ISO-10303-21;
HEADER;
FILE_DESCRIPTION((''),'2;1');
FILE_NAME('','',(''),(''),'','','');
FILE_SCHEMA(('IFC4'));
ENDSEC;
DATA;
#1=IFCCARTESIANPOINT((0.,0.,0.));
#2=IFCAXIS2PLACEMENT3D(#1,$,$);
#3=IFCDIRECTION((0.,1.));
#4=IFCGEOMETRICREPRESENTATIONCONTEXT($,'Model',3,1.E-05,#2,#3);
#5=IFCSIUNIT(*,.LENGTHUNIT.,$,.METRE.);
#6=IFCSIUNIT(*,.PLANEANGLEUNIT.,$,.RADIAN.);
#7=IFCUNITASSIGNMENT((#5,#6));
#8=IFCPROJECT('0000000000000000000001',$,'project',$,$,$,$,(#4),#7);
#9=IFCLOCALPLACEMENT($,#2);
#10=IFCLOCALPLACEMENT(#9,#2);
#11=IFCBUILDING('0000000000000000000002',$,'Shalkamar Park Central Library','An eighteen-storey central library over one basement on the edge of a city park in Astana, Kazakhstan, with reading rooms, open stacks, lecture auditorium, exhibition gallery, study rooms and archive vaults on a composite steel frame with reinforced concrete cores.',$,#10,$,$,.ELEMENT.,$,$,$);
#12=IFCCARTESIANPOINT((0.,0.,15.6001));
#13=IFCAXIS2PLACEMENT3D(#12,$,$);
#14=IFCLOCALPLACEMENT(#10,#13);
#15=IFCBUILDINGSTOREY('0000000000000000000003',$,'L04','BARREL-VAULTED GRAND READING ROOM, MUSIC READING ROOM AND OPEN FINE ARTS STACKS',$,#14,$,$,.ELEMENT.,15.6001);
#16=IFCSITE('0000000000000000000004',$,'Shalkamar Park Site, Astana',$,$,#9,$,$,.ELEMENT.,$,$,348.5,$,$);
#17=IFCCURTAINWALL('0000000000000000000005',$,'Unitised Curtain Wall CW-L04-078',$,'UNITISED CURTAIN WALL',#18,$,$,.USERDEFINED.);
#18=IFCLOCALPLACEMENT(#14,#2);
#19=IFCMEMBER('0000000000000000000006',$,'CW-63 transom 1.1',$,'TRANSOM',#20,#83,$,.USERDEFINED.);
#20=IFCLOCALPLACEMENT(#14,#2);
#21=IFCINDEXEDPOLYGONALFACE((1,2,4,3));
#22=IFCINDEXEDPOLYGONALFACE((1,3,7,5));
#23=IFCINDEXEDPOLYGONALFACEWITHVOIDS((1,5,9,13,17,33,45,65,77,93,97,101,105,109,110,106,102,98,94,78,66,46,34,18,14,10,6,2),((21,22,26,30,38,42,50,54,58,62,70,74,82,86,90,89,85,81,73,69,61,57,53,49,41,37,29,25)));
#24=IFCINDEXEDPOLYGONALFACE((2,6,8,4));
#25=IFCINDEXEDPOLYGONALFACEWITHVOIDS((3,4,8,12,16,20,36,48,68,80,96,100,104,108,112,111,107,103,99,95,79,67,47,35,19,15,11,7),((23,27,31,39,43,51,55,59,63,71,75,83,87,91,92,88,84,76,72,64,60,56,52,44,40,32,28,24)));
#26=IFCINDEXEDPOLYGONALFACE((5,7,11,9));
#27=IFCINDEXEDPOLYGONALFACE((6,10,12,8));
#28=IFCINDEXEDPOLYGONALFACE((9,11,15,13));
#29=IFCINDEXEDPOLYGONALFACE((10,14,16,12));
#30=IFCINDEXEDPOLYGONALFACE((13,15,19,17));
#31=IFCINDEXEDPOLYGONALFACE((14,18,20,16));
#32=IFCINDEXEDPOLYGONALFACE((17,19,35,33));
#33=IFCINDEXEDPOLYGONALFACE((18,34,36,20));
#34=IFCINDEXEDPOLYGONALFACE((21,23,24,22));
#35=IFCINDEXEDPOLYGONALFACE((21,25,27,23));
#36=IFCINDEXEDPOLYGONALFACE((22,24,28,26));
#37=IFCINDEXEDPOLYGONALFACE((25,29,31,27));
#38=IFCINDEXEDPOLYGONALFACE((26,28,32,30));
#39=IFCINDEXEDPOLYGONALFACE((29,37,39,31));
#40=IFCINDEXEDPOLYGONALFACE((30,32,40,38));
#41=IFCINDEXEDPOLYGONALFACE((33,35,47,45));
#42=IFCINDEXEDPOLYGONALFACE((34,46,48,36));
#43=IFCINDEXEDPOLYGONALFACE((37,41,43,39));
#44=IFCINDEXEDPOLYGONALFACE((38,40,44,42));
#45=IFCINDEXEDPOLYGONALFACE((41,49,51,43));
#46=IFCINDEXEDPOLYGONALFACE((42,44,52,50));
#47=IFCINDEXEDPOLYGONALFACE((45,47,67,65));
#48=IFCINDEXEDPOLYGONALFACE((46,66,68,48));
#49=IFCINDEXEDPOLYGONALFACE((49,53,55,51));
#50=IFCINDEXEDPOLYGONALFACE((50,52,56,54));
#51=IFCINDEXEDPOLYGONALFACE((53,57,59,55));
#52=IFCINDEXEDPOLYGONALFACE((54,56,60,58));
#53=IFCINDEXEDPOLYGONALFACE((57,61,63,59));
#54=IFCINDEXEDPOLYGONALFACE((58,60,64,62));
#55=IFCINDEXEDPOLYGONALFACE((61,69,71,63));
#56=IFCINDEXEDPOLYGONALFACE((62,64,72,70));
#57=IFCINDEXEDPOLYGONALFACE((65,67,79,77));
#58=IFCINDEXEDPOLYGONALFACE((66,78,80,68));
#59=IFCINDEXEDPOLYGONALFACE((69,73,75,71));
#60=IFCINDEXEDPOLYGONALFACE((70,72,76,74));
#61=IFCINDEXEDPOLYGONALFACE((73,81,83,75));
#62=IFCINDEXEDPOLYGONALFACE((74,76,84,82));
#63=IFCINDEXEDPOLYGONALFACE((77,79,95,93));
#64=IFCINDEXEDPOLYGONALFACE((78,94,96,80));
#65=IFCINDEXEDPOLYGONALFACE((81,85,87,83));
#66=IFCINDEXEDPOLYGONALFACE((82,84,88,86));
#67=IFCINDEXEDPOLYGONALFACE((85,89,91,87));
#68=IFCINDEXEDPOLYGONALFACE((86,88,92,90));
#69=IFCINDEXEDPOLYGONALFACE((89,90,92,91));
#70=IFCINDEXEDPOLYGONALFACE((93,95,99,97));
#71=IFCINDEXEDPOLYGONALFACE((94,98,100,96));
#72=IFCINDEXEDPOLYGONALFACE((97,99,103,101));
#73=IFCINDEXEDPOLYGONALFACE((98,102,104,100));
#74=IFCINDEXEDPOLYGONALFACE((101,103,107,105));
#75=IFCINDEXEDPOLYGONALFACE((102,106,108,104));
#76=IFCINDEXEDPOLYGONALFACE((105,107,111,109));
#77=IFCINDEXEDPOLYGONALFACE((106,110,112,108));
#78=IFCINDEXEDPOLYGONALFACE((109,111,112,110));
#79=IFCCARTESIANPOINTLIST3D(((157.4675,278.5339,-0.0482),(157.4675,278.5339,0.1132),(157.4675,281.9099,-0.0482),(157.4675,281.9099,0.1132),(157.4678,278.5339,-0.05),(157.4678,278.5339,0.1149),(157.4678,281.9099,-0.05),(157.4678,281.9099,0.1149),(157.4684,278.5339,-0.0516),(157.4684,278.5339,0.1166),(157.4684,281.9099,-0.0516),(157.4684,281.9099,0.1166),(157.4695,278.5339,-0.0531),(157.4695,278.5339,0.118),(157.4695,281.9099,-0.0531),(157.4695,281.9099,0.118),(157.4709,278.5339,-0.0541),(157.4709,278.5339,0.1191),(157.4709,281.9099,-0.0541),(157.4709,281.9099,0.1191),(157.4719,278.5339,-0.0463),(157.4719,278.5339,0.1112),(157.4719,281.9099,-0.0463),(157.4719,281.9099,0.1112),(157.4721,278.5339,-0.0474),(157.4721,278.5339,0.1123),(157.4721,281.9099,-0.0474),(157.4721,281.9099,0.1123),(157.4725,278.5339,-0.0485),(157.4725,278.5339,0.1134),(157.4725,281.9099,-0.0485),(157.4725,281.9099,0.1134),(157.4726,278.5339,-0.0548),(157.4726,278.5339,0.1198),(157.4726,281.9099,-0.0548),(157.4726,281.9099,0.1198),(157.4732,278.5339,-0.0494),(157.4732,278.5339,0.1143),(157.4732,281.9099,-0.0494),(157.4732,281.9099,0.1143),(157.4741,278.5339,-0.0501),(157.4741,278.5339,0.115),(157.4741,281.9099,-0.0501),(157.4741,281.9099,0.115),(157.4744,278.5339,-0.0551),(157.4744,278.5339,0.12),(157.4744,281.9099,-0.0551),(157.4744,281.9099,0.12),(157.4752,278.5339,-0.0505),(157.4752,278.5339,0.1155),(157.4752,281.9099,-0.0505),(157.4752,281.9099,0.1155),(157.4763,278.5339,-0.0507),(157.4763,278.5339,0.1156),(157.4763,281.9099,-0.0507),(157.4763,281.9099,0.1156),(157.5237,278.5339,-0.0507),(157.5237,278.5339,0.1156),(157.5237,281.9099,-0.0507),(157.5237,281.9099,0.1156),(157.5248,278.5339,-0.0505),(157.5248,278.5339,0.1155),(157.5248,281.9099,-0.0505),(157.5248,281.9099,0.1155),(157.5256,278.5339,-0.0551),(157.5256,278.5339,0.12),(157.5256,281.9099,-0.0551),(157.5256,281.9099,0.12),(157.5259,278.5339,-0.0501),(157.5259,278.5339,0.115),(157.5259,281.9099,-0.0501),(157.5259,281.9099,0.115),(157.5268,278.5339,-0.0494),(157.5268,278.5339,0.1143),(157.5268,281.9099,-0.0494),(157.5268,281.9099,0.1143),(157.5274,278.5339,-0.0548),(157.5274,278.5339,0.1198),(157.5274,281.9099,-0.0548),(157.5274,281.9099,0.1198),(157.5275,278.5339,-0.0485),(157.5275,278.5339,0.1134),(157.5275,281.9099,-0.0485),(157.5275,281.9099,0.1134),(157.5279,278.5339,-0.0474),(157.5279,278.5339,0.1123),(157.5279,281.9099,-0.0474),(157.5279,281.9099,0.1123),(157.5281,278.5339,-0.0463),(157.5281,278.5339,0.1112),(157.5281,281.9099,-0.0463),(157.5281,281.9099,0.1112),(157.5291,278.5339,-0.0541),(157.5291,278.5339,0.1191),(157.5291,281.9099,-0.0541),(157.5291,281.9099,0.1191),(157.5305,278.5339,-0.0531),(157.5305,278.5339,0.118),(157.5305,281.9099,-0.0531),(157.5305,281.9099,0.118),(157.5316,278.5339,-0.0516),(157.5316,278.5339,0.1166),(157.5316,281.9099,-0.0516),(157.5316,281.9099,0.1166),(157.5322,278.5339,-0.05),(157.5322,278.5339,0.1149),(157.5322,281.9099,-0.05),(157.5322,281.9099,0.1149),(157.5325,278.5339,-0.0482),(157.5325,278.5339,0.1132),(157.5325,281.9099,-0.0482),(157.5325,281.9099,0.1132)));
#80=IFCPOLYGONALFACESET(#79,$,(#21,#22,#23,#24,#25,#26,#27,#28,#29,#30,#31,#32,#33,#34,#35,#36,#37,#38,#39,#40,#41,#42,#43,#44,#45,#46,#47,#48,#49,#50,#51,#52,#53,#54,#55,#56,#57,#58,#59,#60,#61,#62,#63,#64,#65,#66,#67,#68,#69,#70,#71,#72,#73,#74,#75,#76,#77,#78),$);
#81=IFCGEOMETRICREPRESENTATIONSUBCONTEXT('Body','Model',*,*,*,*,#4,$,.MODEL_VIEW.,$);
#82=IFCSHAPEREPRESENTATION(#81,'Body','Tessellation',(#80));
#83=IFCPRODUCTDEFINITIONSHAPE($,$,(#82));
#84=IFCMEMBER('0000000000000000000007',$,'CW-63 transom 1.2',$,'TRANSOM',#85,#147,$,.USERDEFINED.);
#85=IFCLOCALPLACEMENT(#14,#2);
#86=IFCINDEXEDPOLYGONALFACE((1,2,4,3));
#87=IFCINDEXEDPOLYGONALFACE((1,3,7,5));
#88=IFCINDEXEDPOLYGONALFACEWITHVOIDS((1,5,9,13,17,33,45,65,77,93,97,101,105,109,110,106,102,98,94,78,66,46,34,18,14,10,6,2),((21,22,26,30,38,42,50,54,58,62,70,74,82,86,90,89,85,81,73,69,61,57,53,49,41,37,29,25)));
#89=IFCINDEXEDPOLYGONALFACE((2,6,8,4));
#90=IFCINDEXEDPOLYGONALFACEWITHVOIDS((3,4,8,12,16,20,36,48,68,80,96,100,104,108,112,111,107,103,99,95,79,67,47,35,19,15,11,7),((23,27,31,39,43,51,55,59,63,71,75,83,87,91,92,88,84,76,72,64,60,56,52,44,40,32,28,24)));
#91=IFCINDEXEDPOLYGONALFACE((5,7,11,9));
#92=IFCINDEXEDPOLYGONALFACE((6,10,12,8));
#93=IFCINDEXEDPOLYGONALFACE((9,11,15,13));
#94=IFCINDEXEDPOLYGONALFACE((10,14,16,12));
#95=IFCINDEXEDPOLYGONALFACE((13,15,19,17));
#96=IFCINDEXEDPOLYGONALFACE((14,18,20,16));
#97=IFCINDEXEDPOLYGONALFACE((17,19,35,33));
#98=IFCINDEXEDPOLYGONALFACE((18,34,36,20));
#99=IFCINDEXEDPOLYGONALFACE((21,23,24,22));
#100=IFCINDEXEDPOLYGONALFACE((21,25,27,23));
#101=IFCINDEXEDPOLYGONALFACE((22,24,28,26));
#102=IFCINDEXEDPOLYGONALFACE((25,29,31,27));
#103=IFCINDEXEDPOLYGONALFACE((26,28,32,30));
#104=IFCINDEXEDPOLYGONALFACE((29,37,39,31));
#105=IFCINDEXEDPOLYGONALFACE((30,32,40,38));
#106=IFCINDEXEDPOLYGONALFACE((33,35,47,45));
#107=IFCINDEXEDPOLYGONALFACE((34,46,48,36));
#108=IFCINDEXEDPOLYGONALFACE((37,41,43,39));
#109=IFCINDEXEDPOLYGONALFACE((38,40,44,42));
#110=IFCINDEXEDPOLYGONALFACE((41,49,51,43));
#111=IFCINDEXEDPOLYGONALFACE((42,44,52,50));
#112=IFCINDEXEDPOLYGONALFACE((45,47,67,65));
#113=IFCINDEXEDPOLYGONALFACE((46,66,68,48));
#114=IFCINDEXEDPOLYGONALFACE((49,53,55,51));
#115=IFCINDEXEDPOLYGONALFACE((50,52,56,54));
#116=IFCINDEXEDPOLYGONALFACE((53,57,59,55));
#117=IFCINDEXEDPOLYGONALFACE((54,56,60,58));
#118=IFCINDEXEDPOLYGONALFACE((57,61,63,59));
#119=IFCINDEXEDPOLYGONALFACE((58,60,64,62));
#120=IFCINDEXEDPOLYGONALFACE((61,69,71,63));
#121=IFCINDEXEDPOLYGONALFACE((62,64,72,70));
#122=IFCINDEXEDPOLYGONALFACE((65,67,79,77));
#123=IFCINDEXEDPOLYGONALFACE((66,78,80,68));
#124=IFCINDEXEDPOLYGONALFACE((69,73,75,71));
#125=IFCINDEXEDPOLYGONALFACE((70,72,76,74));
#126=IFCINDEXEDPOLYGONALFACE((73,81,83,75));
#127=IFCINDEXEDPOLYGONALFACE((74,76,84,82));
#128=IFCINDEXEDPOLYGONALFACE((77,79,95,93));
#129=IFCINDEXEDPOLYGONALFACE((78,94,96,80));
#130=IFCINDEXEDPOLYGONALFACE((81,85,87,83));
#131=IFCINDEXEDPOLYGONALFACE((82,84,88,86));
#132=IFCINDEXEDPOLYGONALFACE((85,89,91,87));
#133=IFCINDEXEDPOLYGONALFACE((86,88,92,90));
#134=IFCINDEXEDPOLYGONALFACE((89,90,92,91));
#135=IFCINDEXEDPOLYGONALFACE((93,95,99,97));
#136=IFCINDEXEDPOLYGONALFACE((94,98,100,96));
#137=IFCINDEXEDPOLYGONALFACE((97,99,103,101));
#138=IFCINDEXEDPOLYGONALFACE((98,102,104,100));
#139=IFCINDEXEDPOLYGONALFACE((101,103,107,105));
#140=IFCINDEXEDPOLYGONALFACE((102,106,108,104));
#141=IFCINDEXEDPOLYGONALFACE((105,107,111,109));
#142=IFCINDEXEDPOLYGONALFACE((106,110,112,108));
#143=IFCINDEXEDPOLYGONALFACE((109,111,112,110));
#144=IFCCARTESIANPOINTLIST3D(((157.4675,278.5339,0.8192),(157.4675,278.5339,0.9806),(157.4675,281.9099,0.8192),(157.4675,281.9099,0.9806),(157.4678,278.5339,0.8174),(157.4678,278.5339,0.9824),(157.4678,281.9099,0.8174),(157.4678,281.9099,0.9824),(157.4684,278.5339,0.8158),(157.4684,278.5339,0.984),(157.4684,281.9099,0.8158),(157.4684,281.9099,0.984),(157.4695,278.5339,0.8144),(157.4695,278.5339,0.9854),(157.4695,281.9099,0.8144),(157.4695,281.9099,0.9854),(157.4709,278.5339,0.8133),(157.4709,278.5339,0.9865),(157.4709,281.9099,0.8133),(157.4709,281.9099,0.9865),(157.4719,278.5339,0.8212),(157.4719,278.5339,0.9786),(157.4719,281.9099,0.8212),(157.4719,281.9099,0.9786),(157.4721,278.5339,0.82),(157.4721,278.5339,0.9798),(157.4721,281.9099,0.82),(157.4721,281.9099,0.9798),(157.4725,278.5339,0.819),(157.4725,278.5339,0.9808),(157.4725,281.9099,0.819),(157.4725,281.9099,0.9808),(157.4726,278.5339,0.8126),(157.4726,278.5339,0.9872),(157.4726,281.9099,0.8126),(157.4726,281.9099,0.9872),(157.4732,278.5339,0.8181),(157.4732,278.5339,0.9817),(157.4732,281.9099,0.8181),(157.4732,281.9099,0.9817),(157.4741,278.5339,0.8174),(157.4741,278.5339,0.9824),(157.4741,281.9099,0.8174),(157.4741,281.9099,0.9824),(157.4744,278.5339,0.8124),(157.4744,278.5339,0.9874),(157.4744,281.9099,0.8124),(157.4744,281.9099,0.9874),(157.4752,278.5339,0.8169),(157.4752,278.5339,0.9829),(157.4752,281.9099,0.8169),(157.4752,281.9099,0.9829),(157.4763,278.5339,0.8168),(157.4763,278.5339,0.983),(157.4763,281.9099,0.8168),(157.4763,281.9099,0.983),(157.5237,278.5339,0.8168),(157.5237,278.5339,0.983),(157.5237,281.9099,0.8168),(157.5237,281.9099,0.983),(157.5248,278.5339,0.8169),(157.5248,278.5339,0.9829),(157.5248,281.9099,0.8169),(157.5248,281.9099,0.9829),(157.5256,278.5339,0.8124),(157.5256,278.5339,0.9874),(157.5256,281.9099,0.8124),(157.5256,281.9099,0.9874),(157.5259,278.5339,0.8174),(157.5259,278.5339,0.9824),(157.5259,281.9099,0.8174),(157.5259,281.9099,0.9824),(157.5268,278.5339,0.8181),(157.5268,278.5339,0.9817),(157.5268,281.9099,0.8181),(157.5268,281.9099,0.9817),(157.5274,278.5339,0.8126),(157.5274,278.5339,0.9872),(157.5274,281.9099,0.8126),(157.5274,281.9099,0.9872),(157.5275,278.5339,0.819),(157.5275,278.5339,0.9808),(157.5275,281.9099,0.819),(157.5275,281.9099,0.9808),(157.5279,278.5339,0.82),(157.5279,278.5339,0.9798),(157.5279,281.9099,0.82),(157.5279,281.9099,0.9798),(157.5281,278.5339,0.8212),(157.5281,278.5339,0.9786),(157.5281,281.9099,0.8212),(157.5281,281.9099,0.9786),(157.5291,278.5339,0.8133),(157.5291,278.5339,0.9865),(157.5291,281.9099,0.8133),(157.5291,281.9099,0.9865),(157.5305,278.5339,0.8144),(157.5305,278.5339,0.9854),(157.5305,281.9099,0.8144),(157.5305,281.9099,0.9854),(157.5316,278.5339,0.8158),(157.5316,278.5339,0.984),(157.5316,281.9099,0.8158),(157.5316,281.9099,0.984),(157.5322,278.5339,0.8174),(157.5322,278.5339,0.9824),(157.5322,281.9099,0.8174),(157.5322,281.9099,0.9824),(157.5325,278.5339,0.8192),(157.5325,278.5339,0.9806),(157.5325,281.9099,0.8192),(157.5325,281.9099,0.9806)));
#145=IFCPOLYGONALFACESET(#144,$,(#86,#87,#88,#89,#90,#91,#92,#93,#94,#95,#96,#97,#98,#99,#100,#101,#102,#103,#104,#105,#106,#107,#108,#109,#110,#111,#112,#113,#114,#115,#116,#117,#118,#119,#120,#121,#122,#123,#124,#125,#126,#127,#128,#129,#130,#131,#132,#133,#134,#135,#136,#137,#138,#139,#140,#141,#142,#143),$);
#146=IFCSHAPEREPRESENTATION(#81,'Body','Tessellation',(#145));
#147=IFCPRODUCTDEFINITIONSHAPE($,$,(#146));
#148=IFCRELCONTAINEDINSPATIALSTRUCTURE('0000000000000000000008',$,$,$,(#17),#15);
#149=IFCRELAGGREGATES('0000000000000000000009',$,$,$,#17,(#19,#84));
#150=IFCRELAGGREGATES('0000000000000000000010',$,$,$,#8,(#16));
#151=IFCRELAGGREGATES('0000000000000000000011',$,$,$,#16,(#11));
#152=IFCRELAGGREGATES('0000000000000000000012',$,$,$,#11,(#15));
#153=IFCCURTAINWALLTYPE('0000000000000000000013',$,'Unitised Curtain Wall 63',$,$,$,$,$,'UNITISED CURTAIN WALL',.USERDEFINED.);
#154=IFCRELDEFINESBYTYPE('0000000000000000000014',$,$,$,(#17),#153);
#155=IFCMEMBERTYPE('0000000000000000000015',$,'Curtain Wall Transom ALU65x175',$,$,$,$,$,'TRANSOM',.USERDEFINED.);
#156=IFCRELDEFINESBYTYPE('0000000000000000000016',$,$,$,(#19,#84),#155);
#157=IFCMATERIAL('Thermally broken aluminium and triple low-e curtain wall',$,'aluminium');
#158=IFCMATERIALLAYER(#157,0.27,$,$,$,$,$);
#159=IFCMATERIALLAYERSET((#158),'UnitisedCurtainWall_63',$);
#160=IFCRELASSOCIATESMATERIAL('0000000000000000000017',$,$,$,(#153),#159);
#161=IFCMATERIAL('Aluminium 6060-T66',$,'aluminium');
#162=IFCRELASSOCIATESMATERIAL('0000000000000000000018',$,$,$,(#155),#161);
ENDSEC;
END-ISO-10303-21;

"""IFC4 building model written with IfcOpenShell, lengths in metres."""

from ifc_helpers import new_model, si_unit, direction, frame, origin, origin_2d, place, context, subcontext, project, spatial, hollow_rectangle, extrude, material, layer, layer_set, material_profile, profile_set, type_object, element, aggregate, save


model = new_model("IFC4")

# Units and contexts
model_context = context("Model", 3, precision=1e-05, world=origin(), true_north=direction((0.0, 1.0)))
body_context = subcontext(model_context, "Body", "Model", "MODEL_VIEW")
ifc_project = project(units=[si_unit("LENGTHUNIT", "METRE"), si_unit("PLANEANGLEUNIT", "RADIAN")], contexts=[model_context])

# Site, building, storey
site_placement = place(None, origin())
site = spatial("IfcSite", under=ifc_project, at=site_placement, Name="Shalkamar Park Site, Astana", CompositionType="ELEMENT", RefElevation=348.5)
building_placement = place(site_placement, origin())
building = spatial("IfcBuilding", under=site, at=building_placement, Name="Shalkamar Park Central Library", Description="An eighteen-storey central library over one basement on the edge of a city park in Astana, Kazakhstan, with reading rooms, open stacks, lecture auditorium, exhibition gallery, study rooms and archive vaults on a composite steel frame with reinforced concrete cores.", CompositionType="ELEMENT")
storey_placement = place(building_placement, frame((0.0, 0.0, 15.6001)))
storey = spatial("IfcBuildingStorey", under=building, at=storey_placement, Name="L04", Description="BARREL-VAULTED GRAND READING ROOM, MUSIC READING ROOM AND OPEN FINE ARTS STACKS", CompositionType="ELEMENT", Elevation=15.6001)

# Curtain wall, members
ifc_material_1 = material(Name="Thermally broken aluminium and triple low-e curtain wall", Category="aluminium")
ifc_layer_1 = layer(ifc_material_1, 0.27)
ifc_layer_set_1 = layer_set([ifc_layer_1], Name="UnitisedCurtainWall_63")
curtain_wall_type = type_object("IfcCurtainWallType", Name="Unitised Curtain Wall 63", ElementType="UNITISED CURTAIN WALL", PredefinedType="USERDEFINED", material=ifc_layer_set_1)
curtain_wall_placement = place(storey_placement, origin())
curtain_wall = element("IfcCurtainWall", 1, at=curtain_wall_placement, inside=storey, type_object=curtain_wall_type, Name="Unitised Curtain Wall CW-L04-078", ObjectType="UNITISED CURTAIN WALL", PredefinedType="USERDEFINED")
ifc_material_2 = material(Name="Aluminium 6060-T66", Category="aluminium")
ifc_material_profile_1 = material_profile(ifc_material_2, hollow_rectangle(XDim=0.0649, YDim=0.175, WallThickness=0.0044, InnerFilletRadius=0.0044, OuterFilletRadius=0.0068, at=origin_2d()), Name="ALU 65x175x4.5")
ifc_profile_set_1 = profile_set([ifc_material_profile_1], Name="Aluminium 6060-T66")
member_type_1 = type_object("IfcMemberType", Name="Curtain Wall Transom ALU65x175", ElementType="TRANSOM", PredefinedType="USERDEFINED", material=ifc_profile_set_1)
member_1_placement = place(storey_placement, frame((157.5, 278.5339, 0.0325), z_axis=(0.0, 1.0, 0.0), x_axis=(-1.0, 0.0, 0.0)))
member_1 = element("IfcMember", 2, at=member_1_placement, type_object=member_type_1, Name="CW-63 transom 1.1", ObjectType="TRANSOM", PredefinedType="USERDEFINED", context=body_context, shape_type="SweptSolid", body=[
    extrude(hollow_rectangle(XDim=0.0649, YDim=0.175, WallThickness=0.0044, InnerFilletRadius=0.0044, OuterFilletRadius=0.0068, at=origin_2d()), origin(), (0.0, 0.0, 1.0), 3.376),
])
member_2_placement = place(storey_placement, frame((157.5, 278.5339, 0.8999), z_axis=(0.0, 1.0, 0.0), x_axis=(-1.0, 0.0, 0.0)))
member_2 = element("IfcMember", 3, at=member_2_placement, type_object=member_type_1, Name="CW-63 transom 1.2", ObjectType="TRANSOM", PredefinedType="USERDEFINED", context=body_context, shape_type="SweptSolid", body=[
    extrude(hollow_rectangle(XDim=0.0649, YDim=0.175, WallThickness=0.0044, InnerFilletRadius=0.0044, OuterFilletRadius=0.0068, at=origin_2d()), origin(), (0.0, 0.0, 1.0), 3.376),
])

aggregate(curtain_wall, [member_1, member_2])

save(model, "model.ifc")
